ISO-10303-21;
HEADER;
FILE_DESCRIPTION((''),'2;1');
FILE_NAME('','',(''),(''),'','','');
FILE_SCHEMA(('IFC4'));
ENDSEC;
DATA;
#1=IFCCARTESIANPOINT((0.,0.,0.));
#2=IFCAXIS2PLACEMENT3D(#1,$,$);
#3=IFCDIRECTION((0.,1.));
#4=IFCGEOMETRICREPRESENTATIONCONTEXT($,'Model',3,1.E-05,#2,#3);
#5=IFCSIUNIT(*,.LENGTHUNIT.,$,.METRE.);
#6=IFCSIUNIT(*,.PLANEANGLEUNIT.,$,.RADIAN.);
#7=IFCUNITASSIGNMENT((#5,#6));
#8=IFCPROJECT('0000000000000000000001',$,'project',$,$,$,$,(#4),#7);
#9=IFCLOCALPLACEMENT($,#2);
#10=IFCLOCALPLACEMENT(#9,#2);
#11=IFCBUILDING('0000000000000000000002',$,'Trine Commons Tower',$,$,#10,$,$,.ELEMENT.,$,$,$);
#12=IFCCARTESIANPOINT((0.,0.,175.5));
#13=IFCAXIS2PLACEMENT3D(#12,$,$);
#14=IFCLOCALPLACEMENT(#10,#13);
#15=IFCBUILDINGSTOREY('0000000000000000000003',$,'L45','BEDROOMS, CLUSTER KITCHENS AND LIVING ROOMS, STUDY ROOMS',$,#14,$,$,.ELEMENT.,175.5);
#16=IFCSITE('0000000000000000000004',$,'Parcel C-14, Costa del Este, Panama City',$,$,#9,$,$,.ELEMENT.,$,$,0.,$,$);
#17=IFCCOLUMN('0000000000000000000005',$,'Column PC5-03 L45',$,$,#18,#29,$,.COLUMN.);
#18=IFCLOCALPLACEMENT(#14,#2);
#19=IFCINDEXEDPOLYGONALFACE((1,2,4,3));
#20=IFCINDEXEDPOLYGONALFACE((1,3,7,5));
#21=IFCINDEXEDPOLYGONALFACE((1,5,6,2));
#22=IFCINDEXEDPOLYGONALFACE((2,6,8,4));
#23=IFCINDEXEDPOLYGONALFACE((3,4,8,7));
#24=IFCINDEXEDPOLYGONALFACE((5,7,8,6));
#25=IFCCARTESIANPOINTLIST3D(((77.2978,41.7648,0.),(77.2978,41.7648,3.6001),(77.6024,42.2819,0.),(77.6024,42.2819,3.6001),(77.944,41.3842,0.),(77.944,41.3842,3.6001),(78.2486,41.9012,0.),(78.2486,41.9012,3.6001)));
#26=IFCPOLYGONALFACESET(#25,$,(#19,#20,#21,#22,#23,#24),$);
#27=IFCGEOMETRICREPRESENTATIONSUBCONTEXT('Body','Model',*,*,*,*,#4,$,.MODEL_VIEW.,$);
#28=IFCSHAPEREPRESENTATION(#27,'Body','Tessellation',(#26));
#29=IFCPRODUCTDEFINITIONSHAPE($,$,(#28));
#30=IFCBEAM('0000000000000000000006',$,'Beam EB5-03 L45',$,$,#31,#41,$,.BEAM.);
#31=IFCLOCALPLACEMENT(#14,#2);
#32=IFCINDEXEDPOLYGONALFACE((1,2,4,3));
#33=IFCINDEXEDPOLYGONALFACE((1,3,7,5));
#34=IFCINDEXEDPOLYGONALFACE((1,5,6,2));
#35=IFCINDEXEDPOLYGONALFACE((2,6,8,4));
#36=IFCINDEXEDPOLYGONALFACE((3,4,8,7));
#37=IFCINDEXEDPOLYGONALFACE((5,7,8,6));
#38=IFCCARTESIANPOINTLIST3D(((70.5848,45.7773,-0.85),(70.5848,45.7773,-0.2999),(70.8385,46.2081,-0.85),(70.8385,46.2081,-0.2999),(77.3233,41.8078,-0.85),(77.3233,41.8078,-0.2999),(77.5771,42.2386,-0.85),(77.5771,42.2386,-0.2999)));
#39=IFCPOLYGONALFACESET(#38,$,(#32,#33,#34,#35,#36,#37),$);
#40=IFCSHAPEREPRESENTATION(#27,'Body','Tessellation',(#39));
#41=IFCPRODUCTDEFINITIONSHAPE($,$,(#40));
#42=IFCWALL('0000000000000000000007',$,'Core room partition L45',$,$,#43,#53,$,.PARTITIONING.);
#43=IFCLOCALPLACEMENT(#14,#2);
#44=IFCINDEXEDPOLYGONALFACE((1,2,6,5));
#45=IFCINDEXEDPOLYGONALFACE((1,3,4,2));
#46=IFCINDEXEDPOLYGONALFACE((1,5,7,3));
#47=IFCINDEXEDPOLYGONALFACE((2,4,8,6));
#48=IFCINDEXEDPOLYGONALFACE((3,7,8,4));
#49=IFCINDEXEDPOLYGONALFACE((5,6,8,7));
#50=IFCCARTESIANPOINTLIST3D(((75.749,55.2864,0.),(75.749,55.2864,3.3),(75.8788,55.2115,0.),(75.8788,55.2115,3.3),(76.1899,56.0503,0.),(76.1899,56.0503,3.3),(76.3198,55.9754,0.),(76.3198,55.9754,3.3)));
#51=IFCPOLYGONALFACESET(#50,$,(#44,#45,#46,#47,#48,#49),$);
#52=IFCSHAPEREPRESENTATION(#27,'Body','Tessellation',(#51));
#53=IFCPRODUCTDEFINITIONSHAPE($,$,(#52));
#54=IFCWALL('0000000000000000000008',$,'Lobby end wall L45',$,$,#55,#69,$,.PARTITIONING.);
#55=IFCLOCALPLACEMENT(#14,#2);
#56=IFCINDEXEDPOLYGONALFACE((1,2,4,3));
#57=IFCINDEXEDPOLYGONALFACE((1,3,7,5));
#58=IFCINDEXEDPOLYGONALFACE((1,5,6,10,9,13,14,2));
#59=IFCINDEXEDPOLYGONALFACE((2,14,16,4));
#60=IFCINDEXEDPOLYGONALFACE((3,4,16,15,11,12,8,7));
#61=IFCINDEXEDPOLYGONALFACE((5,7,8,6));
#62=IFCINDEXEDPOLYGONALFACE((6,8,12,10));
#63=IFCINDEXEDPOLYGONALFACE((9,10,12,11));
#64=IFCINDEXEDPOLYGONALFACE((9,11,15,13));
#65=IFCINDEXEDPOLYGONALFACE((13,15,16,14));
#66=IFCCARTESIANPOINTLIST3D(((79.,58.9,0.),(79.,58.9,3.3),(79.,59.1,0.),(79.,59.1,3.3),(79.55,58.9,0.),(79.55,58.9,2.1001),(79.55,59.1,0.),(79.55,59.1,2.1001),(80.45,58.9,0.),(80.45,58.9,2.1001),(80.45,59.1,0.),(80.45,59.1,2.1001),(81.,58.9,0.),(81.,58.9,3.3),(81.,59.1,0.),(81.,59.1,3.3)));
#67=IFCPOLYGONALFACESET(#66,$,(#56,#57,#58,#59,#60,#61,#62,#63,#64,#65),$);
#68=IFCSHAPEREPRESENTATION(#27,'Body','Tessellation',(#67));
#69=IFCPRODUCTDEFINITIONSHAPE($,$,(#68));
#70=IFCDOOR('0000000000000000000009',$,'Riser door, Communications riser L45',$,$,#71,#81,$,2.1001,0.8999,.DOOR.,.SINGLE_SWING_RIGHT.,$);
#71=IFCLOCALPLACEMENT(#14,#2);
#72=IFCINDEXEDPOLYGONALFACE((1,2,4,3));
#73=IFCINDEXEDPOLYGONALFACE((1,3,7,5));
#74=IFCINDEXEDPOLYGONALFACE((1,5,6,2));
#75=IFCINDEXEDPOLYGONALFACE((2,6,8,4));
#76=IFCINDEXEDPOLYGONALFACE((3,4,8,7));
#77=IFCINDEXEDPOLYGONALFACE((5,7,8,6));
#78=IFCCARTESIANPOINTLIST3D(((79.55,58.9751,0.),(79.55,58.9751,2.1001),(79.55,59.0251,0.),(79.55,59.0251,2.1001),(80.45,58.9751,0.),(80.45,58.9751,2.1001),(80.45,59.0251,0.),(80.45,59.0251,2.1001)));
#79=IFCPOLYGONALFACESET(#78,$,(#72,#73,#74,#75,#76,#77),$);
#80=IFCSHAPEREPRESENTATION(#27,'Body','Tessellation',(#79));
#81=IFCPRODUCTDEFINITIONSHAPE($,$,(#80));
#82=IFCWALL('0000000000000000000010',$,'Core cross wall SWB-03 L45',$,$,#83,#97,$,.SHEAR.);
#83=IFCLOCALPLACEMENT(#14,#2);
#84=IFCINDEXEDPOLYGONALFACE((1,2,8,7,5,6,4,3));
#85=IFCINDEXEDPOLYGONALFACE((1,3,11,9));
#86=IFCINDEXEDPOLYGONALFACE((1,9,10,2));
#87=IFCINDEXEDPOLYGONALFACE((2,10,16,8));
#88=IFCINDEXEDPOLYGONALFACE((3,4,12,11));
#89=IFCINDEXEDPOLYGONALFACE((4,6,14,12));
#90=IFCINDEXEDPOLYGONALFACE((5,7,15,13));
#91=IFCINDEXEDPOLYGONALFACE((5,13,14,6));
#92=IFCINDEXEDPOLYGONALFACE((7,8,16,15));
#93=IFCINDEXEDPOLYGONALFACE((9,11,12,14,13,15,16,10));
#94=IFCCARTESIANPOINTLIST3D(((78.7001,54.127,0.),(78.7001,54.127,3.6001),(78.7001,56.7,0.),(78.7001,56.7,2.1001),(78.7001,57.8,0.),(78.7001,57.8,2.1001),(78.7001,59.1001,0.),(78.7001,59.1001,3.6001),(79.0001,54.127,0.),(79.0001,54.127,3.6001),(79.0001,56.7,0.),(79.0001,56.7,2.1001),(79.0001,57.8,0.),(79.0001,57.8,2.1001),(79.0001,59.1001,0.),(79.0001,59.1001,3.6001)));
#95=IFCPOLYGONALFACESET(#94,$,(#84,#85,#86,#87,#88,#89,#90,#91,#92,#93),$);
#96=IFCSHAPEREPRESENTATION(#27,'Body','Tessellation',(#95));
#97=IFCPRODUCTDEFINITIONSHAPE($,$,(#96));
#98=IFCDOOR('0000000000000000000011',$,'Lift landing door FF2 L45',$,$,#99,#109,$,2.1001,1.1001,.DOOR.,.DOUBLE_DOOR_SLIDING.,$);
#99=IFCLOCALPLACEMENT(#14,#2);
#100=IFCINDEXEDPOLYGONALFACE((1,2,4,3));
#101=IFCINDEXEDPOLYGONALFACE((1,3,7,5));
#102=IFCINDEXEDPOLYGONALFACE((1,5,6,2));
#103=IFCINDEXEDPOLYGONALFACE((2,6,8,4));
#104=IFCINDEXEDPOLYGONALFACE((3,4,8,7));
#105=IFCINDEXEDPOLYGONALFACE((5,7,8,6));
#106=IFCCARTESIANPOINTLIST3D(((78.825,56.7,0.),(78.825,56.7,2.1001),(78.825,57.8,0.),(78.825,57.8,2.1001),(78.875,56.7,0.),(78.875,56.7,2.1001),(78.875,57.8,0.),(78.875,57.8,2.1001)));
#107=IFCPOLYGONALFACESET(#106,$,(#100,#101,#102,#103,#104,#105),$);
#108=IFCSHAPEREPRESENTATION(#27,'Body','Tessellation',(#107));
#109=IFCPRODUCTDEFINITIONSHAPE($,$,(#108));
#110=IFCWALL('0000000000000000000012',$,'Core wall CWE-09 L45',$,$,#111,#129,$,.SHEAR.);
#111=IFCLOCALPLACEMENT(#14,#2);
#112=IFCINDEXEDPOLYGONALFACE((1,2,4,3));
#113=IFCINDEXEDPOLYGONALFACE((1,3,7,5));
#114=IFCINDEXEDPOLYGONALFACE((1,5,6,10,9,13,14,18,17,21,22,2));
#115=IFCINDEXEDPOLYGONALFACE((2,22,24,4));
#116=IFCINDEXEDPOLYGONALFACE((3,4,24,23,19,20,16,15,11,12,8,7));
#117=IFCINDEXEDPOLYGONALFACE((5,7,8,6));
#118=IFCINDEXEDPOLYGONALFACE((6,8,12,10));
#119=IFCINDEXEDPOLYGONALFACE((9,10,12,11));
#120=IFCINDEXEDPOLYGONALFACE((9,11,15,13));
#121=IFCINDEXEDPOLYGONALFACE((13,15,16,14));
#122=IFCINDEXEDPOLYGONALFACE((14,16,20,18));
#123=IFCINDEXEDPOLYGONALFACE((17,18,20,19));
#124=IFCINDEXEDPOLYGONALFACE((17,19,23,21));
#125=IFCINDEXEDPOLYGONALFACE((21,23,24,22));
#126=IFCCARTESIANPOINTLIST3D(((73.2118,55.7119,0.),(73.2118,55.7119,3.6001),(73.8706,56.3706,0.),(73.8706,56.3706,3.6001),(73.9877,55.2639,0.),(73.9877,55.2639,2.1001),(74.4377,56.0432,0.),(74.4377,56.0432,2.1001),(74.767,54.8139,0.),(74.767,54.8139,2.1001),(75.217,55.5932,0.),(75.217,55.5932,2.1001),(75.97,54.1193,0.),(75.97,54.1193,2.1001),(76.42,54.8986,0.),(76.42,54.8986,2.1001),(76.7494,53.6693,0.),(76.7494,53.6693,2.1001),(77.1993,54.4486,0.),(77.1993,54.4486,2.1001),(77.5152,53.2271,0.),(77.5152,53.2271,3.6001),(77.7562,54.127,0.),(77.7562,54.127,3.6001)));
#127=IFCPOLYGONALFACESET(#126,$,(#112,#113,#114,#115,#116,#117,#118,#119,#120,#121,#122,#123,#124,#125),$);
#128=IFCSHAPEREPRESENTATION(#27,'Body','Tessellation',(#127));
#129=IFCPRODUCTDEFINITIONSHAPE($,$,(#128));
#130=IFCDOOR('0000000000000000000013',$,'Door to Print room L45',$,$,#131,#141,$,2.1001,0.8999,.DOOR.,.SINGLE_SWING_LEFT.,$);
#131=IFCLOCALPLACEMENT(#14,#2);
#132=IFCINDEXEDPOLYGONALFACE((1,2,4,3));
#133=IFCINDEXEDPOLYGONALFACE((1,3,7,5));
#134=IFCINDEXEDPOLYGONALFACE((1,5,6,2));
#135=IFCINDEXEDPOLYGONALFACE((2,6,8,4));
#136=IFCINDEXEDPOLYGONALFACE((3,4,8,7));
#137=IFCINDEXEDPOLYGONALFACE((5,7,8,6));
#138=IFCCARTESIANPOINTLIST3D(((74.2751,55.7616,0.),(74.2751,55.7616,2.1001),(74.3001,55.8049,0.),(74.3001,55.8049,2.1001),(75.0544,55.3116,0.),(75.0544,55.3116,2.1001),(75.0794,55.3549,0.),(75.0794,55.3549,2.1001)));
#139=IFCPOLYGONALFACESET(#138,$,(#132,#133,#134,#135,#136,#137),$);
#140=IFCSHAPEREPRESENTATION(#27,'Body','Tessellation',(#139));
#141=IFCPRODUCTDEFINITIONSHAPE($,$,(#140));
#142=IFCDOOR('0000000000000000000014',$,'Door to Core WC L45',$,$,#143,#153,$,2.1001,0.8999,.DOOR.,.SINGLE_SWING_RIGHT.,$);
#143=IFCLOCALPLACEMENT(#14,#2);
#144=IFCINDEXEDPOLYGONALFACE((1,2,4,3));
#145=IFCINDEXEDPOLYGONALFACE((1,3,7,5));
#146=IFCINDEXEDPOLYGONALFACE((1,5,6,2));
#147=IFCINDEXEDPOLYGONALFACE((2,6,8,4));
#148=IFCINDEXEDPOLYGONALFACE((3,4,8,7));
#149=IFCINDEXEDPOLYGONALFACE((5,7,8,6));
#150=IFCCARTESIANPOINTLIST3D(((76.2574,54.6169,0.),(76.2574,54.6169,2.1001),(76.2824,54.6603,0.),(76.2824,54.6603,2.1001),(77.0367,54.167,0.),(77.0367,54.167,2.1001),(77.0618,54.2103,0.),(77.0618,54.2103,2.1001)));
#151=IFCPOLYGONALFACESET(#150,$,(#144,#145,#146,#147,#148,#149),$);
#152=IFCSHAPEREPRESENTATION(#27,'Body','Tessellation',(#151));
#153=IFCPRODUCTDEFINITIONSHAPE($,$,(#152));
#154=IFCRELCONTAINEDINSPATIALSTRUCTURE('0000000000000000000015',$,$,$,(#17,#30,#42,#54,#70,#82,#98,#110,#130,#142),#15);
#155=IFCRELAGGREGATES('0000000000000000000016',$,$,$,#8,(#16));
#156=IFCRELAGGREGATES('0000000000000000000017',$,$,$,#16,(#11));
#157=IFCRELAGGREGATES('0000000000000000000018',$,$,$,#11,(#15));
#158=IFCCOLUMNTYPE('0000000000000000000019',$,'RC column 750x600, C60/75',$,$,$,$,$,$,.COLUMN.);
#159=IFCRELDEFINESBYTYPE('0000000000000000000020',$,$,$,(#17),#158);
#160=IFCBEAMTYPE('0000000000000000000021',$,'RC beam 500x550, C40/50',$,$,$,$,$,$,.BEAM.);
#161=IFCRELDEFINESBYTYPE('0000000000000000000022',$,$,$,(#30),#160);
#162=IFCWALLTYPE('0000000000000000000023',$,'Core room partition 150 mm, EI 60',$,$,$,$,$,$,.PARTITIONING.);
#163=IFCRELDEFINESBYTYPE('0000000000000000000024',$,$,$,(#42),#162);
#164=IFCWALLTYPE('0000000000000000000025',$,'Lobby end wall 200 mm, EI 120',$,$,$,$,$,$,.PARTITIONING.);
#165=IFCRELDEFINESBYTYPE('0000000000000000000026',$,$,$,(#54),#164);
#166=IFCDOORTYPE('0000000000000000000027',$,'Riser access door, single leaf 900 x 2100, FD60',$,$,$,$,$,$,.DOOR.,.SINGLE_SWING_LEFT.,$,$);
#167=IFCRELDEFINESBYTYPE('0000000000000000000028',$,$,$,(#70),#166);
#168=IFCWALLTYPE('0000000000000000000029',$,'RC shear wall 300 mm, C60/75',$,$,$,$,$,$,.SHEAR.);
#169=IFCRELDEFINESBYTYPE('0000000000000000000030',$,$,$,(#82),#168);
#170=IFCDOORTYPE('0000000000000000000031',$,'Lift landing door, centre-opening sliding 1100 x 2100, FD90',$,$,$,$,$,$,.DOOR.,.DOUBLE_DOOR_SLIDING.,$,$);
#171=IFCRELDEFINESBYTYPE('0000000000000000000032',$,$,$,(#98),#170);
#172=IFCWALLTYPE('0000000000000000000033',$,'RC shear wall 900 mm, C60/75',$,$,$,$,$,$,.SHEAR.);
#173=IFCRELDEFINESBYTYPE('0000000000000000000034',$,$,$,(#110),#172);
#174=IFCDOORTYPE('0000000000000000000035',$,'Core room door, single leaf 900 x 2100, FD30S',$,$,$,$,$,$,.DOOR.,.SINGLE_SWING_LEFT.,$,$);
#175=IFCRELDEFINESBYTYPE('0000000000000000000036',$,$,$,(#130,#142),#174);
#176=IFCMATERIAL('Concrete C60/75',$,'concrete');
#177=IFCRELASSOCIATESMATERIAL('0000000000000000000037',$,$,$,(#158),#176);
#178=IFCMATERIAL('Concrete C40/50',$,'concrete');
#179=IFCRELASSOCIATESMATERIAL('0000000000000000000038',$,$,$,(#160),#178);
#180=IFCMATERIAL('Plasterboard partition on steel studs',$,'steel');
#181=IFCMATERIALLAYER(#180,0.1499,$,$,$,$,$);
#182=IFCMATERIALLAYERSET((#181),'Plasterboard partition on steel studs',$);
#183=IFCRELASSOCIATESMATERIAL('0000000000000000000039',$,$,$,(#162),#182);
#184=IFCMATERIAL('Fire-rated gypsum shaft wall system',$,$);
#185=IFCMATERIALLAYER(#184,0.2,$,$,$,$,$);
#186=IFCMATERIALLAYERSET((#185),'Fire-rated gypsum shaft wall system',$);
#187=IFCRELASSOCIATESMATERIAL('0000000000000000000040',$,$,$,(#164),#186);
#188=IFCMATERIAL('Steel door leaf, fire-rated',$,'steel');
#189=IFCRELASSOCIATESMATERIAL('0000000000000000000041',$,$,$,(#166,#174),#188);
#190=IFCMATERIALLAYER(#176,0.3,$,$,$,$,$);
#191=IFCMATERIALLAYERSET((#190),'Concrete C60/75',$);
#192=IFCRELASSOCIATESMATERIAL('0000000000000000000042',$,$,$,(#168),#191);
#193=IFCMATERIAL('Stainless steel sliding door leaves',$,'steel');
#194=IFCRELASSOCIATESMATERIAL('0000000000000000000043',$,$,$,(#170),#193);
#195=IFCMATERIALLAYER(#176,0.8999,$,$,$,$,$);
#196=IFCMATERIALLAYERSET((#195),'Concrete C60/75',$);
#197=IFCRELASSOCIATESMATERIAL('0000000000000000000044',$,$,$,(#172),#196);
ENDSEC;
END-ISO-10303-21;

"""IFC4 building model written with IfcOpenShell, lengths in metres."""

from ifc_helpers import new_model, si_unit, direction, frame, frame_2d, origin, origin_2d, place, context, subcontext, project, spatial, polyline, rectangle, outline, extrude, material, layer, layer_set, material_profile, profile_set, type_object, element, fill, save


model = new_model("IFC4")

# Units and contexts
model_context = context("Model", 3, precision=1e-05, world=origin(), true_north=direction((0.0, 1.0)))
body_context = subcontext(model_context, "Body", "Model", "MODEL_VIEW")
ifc_project = project(units=[si_unit("LENGTHUNIT", "METRE"), si_unit("PLANEANGLEUNIT", "RADIAN")], contexts=[model_context])

# Site, building, storey
site_placement = place(None, origin())
site = spatial("IfcSite", under=ifc_project, at=site_placement, Name="Parcel C-14, Costa del Este, Panama City", CompositionType="ELEMENT", RefElevation=0.0)
building_placement = place(site_placement, origin())
building = spatial("IfcBuilding", under=site, at=building_placement, Name="Trine Commons Tower", CompositionType="ELEMENT")
storey_placement = place(building_placement, frame((0.0, 0.0, 175.5)))
storey = spatial("IfcBuildingStorey", under=building, at=storey_placement, Name="L45", Description="BEDROOMS, CLUSTER KITCHENS AND LIVING ROOMS, STUDY ROOMS", CompositionType="ELEMENT", Elevation=175.5)

# Column
ifc_material_1 = material(Name="Concrete C60/75", Category="concrete")
ifc_material_profile_1 = material_profile(ifc_material_1, rectangle(XDim=0.75, YDim=0.6001, at=origin_2d()), Name="RC 750x600")
ifc_profile_set_1 = profile_set([ifc_material_profile_1], Name="Concrete C60/75")
column_type = type_object("IfcColumnType", Name="RC column 750x600, C60/75", PredefinedType="COLUMN", material=ifc_profile_set_1)
column_placement = place(storey_placement, frame((77.7732, 41.833, 0.0), z_axis=(0.0, 0.0, 1.0), x_axis=(-0.861629, 0.507538, 0.0)))
element("IfcColumn", 1, at=column_placement, inside=storey, type_object=column_type, Name="Column PC5-03 L45", PredefinedType="COLUMN", context=body_context, shape_type="SweptSolid", body=[
    extrude(rectangle(XDim=0.75, YDim=0.6001, at=origin_2d()), origin(), (0.0, 0.0, 1.0), 3.6001),
])

# Beam
ifc_material_2 = material(Name="Concrete C40/50", Category="concrete")
ifc_material_profile_2 = material_profile(ifc_material_2, rectangle(XDim=0.5, YDim=0.55, at=origin_2d()), Name="RC 500x550")
ifc_profile_set_2 = profile_set([ifc_material_profile_2], Name="Concrete C40/50")
beam_type = type_object("IfcBeamType", Name="RC beam 500x550, C40/50", PredefinedType="BEAM", material=ifc_profile_set_2)
beam_placement = place(storey_placement, frame((77.4502, 42.0232, -0.575), z_axis=(-0.861619, 0.507556, 0.0), x_axis=(-0.507556, -0.861619, 0.0)))
element("IfcBeam", 2, at=beam_placement, inside=storey, type_object=beam_type, Name="Beam EB5-03 L45", PredefinedType="BEAM", context=body_context, shape_type="SweptSolid", body=[
    extrude(rectangle(XDim=0.5, YDim=0.55, at=origin_2d()), origin(), (0.0, 0.0, 1.0), 7.8208),
])

# Wall
ifc_material_3 = material(Name="Plasterboard partition on steel studs", Category="steel")
ifc_layer_1 = layer(ifc_material_3, 0.1499)
ifc_layer_set_1 = layer_set([ifc_layer_1], Name="Plasterboard partition on steel studs")
wall_type_1 = type_object("IfcWallType", Name="Core room partition 150 mm, EI 60", PredefinedType="PARTITIONING", material=ifc_layer_set_1)
wall_1_placement = place(storey_placement, frame((75.814, 55.249, 0.0), z_axis=(0.0, 0.0, 1.0), x_axis=(0.49989, 0.866089, 0.0)))
element("IfcWall", 3, at=wall_1_placement, inside=storey, type_object=wall_type_1, Name="Core room partition L45", PredefinedType="PARTITIONING", context=body_context, shape_type="SweptSolid", body=[
    extrude(rectangle(XDim=0.8821, YDim=0.1499, at=frame_2d((0.4409, 0.0))), origin(), (0.0, 0.0, 1.0), 3.3),
])

# Walls, openings, doors
ifc_material_4 = material(Name="Fire-rated gypsum shaft wall system")
ifc_layer_2 = layer(ifc_material_4, 0.2)
ifc_layer_set_2 = layer_set([ifc_layer_2], Name="Fire-rated gypsum shaft wall system")
wall_type_2 = type_object("IfcWallType", Name="Lobby end wall 200 mm, EI 120", PredefinedType="PARTITIONING", material=ifc_layer_set_2)
wall_2_placement = place(storey_placement, frame((79.0, 59.0, 0.0), z_axis=(0.0, 0.0, 1.0), x_axis=(1.0, 0.0, 0.0)))
wall_2 = element("IfcWall", 4, at=wall_2_placement, inside=storey, type_object=wall_type_2, Name="Lobby end wall L45", PredefinedType="PARTITIONING", context=body_context, shape_type="SweptSolid", body=[
    extrude(rectangle(XDim=2.0, YDim=0.2, at=frame_2d((1.0, 0.0))), origin(), (0.0, 0.0, 1.0), 3.3),
])
opening_1_placement = place(wall_2_placement, frame((0.55, 0.0, 0.0)))
opening_1 = element("IfcOpeningElement", 5, at=opening_1_placement, cuts=wall_2, PredefinedType="OPENING", context=body_context, shape_type="SweptSolid", body=[
    extrude(rectangle(XDim=0.8999, YDim=2.1001, at=frame_2d((0.45, 1.05))), frame((0.0, 0.1099, 0.0), z_axis=(0.0, -1.0, 0.0), x_axis=(1.0, 0.0, 0.0)), (0.0, 0.0, 1.0), 0.22),
])
ifc_material_5 = material(Name="Steel door leaf, fire-rated", Category="steel")
door_type_1 = type_object("IfcDoorType", Name="Riser access door, single leaf 900 x 2100, FD60", OperationType="SINGLE_SWING_LEFT", PredefinedType="DOOR", material=ifc_material_5)
door_1_placement = place(opening_1_placement, frame((0.8999, 0.0, 0.0), z_axis=(0.0, 0.0, 1.0), x_axis=(-1.0, 0.0, 0.0)))
door_1 = element("IfcDoor", 6, at=door_1_placement, inside=storey, type_object=door_type_1, Name="Riser door, Communications riser L45", OperationType="SINGLE_SWING_RIGHT", OverallHeight=2.1001, OverallWidth=0.8999, PredefinedType="DOOR", context=body_context, shape_type="SweptSolid", body=[
    extrude(rectangle(XDim=0.8999, YDim=2.1001, at=frame_2d((0.45, 1.05))), frame((0.0, 0.0249, 0.0), z_axis=(0.0, -1.0, 0.0), x_axis=(1.0, 0.0, 0.0)), (0.0, 0.0, 1.0), 0.05),
])
fill(opening_1, door_1)
ifc_layer_3 = layer(ifc_material_1, 0.3)
ifc_layer_set_3 = layer_set([ifc_layer_3], Name="Concrete C60/75")
wall_type_3 = type_object("IfcWallType", Name="RC shear wall 300 mm, C60/75", PredefinedType="SHEAR", material=ifc_layer_set_3)
wall_3_placement = place(storey_placement, frame((78.8501, 59.1001, 0.0), z_axis=(0.0, 0.0, 1.0), x_axis=(0.0, -1.0, 0.0)))
wall_3 = element("IfcWall", 7, at=wall_3_placement, inside=storey, type_object=wall_type_3, Name="Core cross wall SWB-03 L45", PredefinedType="SHEAR", context=body_context, shape_type="SweptSolid", body=[
    extrude(rectangle(XDim=4.9731, YDim=0.3, at=frame_2d((2.4866, 0.0))), origin(), (0.0, 0.0, 1.0), 3.6001),
])
opening_2_placement = place(wall_3_placement, frame((1.3, 0.0, 0.0)))
opening_2 = element("IfcOpeningElement", 8, at=opening_2_placement, cuts=wall_3, PredefinedType="OPENING", context=body_context, shape_type="SweptSolid", body=[
    extrude(rectangle(XDim=1.1001, YDim=2.1001, at=frame_2d((0.55, 1.05))), frame((0.0, 0.1599, 0.0), z_axis=(0.0, -1.0, 0.0), x_axis=(1.0, 0.0, 0.0)), (0.0, 0.0, 1.0), 0.3201),
])
ifc_material_6 = material(Name="Stainless steel sliding door leaves", Category="steel")
door_type_2 = type_object("IfcDoorType", Name="Lift landing door, centre-opening sliding 1100 x 2100, FD90", OperationType="DOUBLE_DOOR_SLIDING", PredefinedType="DOOR", material=ifc_material_6)
door_2_placement = place(opening_2_placement, origin())
door_2 = element("IfcDoor", 9, at=door_2_placement, inside=storey, type_object=door_type_2, Name="Lift landing door FF2 L45", OperationType="DOUBLE_DOOR_SLIDING", OverallHeight=2.1001, OverallWidth=1.1001, PredefinedType="DOOR", context=body_context, shape_type="SweptSolid", body=[
    extrude(rectangle(XDim=1.1001, YDim=2.1001, at=frame_2d((0.55, 1.05))), frame((0.0, 0.0249, 0.0), z_axis=(0.0, -1.0, 0.0), x_axis=(1.0, 0.0, 0.0)), (0.0, 0.0, 1.0), 0.05),
])
fill(opening_2, door_2)

# Wall, openings, doors
ifc_layer_4 = layer(ifc_material_1, 0.8999)
ifc_layer_set_4 = layer_set([ifc_layer_4], Name="Concrete C60/75")
wall_type_4 = type_object("IfcWallType", Name="RC shear wall 900 mm, C60/75", PredefinedType="SHEAR", material=ifc_layer_set_4)
wall_4_placement = place(storey_placement, frame((73.4368, 56.1016, 0.0), z_axis=(0.0, 0.0, 1.0), x_axis=(0.866003, -0.500039, 0.0)))
wall_4 = element("IfcWall", 10, at=wall_4_placement, inside=storey, type_object=wall_type_4, Name="Core wall CWE-09 L45", PredefinedType="SHEAR", context=body_context, shape_type="SweptSolid", body=[
    extrude(outline(polyline([(0.0, -0.45), (4.9692, -0.45), (4.728, 0.45), (0.2412, 0.45), (0.0, -0.45)])), origin(), (0.0, 0.0, 1.0), 3.6001),
])
opening_3_placement = place(wall_4_placement, frame((0.896, 0.0, 0.0)))
opening_3 = element("IfcOpeningElement", 11, at=opening_3_placement, cuts=wall_4, PredefinedType="OPENING", context=body_context, shape_type="SweptSolid", body=[
    extrude(rectangle(XDim=0.8999, YDim=2.1001, at=frame_2d((0.45, 1.05))), frame((0.0, 0.46, 0.0), z_axis=(0.0, -1.0, 0.0), x_axis=(1.0, 0.0, 0.0)), (0.0, 0.0, 1.0), 0.9199),
])
opening_4_placement = place(wall_4_placement, frame((3.1851, 0.0, 0.0)))
opening_4 = element("IfcOpeningElement", 12, at=opening_4_placement, cuts=wall_4, PredefinedType="OPENING", context=body_context, shape_type="SweptSolid", body=[
    extrude(rectangle(XDim=0.8999, YDim=2.1001, at=frame_2d((0.45, 1.05))), frame((0.0, 0.46, 0.0), z_axis=(0.0, -1.0, 0.0), x_axis=(1.0, 0.0, 0.0)), (0.0, 0.0, 1.0), 0.9199),
])
door_type_3 = type_object("IfcDoorType", Name="Core room door, single leaf 900 x 2100, FD30S", OperationType="SINGLE_SWING_LEFT", PredefinedType="DOOR", material=ifc_material_5)
door_3_placement = place(opening_3_placement, origin())
door_3 = element("IfcDoor", 13, at=door_3_placement, inside=storey, type_object=door_type_3, Name="Door to Print room L45", OperationType="SINGLE_SWING_LEFT", OverallHeight=2.1001, OverallWidth=0.8999, PredefinedType="DOOR", context=body_context, shape_type="SweptSolid", body=[
    extrude(rectangle(XDim=0.8999, YDim=2.1001, at=frame_2d((0.45, 1.05))), frame((0.0, 0.1748, 0.0), z_axis=(0.0, -1.0, 0.0), x_axis=(1.0, 0.0, 0.0)), (0.0, 0.0, 1.0), 0.05),
])
fill(opening_3, door_3)
door_4_placement = place(opening_4_placement, origin())
door_4 = element("IfcDoor", 14, at=door_4_placement, inside=storey, type_object=door_type_3, Name="Door to Core WC L45", OperationType="SINGLE_SWING_RIGHT", OverallHeight=2.1001, OverallWidth=0.8999, PredefinedType="DOOR", context=body_context, shape_type="SweptSolid", body=[
    extrude(rectangle(XDim=0.8999, YDim=2.1001, at=frame_2d((0.45, 1.05))), frame((0.0, 0.1748, 0.0), z_axis=(0.0, -1.0, 0.0), x_axis=(1.0, 0.0, 0.0)), (0.0, 0.0, 1.0), 0.05),
])
fill(opening_4, door_4)

save(model, "model.ifc")
